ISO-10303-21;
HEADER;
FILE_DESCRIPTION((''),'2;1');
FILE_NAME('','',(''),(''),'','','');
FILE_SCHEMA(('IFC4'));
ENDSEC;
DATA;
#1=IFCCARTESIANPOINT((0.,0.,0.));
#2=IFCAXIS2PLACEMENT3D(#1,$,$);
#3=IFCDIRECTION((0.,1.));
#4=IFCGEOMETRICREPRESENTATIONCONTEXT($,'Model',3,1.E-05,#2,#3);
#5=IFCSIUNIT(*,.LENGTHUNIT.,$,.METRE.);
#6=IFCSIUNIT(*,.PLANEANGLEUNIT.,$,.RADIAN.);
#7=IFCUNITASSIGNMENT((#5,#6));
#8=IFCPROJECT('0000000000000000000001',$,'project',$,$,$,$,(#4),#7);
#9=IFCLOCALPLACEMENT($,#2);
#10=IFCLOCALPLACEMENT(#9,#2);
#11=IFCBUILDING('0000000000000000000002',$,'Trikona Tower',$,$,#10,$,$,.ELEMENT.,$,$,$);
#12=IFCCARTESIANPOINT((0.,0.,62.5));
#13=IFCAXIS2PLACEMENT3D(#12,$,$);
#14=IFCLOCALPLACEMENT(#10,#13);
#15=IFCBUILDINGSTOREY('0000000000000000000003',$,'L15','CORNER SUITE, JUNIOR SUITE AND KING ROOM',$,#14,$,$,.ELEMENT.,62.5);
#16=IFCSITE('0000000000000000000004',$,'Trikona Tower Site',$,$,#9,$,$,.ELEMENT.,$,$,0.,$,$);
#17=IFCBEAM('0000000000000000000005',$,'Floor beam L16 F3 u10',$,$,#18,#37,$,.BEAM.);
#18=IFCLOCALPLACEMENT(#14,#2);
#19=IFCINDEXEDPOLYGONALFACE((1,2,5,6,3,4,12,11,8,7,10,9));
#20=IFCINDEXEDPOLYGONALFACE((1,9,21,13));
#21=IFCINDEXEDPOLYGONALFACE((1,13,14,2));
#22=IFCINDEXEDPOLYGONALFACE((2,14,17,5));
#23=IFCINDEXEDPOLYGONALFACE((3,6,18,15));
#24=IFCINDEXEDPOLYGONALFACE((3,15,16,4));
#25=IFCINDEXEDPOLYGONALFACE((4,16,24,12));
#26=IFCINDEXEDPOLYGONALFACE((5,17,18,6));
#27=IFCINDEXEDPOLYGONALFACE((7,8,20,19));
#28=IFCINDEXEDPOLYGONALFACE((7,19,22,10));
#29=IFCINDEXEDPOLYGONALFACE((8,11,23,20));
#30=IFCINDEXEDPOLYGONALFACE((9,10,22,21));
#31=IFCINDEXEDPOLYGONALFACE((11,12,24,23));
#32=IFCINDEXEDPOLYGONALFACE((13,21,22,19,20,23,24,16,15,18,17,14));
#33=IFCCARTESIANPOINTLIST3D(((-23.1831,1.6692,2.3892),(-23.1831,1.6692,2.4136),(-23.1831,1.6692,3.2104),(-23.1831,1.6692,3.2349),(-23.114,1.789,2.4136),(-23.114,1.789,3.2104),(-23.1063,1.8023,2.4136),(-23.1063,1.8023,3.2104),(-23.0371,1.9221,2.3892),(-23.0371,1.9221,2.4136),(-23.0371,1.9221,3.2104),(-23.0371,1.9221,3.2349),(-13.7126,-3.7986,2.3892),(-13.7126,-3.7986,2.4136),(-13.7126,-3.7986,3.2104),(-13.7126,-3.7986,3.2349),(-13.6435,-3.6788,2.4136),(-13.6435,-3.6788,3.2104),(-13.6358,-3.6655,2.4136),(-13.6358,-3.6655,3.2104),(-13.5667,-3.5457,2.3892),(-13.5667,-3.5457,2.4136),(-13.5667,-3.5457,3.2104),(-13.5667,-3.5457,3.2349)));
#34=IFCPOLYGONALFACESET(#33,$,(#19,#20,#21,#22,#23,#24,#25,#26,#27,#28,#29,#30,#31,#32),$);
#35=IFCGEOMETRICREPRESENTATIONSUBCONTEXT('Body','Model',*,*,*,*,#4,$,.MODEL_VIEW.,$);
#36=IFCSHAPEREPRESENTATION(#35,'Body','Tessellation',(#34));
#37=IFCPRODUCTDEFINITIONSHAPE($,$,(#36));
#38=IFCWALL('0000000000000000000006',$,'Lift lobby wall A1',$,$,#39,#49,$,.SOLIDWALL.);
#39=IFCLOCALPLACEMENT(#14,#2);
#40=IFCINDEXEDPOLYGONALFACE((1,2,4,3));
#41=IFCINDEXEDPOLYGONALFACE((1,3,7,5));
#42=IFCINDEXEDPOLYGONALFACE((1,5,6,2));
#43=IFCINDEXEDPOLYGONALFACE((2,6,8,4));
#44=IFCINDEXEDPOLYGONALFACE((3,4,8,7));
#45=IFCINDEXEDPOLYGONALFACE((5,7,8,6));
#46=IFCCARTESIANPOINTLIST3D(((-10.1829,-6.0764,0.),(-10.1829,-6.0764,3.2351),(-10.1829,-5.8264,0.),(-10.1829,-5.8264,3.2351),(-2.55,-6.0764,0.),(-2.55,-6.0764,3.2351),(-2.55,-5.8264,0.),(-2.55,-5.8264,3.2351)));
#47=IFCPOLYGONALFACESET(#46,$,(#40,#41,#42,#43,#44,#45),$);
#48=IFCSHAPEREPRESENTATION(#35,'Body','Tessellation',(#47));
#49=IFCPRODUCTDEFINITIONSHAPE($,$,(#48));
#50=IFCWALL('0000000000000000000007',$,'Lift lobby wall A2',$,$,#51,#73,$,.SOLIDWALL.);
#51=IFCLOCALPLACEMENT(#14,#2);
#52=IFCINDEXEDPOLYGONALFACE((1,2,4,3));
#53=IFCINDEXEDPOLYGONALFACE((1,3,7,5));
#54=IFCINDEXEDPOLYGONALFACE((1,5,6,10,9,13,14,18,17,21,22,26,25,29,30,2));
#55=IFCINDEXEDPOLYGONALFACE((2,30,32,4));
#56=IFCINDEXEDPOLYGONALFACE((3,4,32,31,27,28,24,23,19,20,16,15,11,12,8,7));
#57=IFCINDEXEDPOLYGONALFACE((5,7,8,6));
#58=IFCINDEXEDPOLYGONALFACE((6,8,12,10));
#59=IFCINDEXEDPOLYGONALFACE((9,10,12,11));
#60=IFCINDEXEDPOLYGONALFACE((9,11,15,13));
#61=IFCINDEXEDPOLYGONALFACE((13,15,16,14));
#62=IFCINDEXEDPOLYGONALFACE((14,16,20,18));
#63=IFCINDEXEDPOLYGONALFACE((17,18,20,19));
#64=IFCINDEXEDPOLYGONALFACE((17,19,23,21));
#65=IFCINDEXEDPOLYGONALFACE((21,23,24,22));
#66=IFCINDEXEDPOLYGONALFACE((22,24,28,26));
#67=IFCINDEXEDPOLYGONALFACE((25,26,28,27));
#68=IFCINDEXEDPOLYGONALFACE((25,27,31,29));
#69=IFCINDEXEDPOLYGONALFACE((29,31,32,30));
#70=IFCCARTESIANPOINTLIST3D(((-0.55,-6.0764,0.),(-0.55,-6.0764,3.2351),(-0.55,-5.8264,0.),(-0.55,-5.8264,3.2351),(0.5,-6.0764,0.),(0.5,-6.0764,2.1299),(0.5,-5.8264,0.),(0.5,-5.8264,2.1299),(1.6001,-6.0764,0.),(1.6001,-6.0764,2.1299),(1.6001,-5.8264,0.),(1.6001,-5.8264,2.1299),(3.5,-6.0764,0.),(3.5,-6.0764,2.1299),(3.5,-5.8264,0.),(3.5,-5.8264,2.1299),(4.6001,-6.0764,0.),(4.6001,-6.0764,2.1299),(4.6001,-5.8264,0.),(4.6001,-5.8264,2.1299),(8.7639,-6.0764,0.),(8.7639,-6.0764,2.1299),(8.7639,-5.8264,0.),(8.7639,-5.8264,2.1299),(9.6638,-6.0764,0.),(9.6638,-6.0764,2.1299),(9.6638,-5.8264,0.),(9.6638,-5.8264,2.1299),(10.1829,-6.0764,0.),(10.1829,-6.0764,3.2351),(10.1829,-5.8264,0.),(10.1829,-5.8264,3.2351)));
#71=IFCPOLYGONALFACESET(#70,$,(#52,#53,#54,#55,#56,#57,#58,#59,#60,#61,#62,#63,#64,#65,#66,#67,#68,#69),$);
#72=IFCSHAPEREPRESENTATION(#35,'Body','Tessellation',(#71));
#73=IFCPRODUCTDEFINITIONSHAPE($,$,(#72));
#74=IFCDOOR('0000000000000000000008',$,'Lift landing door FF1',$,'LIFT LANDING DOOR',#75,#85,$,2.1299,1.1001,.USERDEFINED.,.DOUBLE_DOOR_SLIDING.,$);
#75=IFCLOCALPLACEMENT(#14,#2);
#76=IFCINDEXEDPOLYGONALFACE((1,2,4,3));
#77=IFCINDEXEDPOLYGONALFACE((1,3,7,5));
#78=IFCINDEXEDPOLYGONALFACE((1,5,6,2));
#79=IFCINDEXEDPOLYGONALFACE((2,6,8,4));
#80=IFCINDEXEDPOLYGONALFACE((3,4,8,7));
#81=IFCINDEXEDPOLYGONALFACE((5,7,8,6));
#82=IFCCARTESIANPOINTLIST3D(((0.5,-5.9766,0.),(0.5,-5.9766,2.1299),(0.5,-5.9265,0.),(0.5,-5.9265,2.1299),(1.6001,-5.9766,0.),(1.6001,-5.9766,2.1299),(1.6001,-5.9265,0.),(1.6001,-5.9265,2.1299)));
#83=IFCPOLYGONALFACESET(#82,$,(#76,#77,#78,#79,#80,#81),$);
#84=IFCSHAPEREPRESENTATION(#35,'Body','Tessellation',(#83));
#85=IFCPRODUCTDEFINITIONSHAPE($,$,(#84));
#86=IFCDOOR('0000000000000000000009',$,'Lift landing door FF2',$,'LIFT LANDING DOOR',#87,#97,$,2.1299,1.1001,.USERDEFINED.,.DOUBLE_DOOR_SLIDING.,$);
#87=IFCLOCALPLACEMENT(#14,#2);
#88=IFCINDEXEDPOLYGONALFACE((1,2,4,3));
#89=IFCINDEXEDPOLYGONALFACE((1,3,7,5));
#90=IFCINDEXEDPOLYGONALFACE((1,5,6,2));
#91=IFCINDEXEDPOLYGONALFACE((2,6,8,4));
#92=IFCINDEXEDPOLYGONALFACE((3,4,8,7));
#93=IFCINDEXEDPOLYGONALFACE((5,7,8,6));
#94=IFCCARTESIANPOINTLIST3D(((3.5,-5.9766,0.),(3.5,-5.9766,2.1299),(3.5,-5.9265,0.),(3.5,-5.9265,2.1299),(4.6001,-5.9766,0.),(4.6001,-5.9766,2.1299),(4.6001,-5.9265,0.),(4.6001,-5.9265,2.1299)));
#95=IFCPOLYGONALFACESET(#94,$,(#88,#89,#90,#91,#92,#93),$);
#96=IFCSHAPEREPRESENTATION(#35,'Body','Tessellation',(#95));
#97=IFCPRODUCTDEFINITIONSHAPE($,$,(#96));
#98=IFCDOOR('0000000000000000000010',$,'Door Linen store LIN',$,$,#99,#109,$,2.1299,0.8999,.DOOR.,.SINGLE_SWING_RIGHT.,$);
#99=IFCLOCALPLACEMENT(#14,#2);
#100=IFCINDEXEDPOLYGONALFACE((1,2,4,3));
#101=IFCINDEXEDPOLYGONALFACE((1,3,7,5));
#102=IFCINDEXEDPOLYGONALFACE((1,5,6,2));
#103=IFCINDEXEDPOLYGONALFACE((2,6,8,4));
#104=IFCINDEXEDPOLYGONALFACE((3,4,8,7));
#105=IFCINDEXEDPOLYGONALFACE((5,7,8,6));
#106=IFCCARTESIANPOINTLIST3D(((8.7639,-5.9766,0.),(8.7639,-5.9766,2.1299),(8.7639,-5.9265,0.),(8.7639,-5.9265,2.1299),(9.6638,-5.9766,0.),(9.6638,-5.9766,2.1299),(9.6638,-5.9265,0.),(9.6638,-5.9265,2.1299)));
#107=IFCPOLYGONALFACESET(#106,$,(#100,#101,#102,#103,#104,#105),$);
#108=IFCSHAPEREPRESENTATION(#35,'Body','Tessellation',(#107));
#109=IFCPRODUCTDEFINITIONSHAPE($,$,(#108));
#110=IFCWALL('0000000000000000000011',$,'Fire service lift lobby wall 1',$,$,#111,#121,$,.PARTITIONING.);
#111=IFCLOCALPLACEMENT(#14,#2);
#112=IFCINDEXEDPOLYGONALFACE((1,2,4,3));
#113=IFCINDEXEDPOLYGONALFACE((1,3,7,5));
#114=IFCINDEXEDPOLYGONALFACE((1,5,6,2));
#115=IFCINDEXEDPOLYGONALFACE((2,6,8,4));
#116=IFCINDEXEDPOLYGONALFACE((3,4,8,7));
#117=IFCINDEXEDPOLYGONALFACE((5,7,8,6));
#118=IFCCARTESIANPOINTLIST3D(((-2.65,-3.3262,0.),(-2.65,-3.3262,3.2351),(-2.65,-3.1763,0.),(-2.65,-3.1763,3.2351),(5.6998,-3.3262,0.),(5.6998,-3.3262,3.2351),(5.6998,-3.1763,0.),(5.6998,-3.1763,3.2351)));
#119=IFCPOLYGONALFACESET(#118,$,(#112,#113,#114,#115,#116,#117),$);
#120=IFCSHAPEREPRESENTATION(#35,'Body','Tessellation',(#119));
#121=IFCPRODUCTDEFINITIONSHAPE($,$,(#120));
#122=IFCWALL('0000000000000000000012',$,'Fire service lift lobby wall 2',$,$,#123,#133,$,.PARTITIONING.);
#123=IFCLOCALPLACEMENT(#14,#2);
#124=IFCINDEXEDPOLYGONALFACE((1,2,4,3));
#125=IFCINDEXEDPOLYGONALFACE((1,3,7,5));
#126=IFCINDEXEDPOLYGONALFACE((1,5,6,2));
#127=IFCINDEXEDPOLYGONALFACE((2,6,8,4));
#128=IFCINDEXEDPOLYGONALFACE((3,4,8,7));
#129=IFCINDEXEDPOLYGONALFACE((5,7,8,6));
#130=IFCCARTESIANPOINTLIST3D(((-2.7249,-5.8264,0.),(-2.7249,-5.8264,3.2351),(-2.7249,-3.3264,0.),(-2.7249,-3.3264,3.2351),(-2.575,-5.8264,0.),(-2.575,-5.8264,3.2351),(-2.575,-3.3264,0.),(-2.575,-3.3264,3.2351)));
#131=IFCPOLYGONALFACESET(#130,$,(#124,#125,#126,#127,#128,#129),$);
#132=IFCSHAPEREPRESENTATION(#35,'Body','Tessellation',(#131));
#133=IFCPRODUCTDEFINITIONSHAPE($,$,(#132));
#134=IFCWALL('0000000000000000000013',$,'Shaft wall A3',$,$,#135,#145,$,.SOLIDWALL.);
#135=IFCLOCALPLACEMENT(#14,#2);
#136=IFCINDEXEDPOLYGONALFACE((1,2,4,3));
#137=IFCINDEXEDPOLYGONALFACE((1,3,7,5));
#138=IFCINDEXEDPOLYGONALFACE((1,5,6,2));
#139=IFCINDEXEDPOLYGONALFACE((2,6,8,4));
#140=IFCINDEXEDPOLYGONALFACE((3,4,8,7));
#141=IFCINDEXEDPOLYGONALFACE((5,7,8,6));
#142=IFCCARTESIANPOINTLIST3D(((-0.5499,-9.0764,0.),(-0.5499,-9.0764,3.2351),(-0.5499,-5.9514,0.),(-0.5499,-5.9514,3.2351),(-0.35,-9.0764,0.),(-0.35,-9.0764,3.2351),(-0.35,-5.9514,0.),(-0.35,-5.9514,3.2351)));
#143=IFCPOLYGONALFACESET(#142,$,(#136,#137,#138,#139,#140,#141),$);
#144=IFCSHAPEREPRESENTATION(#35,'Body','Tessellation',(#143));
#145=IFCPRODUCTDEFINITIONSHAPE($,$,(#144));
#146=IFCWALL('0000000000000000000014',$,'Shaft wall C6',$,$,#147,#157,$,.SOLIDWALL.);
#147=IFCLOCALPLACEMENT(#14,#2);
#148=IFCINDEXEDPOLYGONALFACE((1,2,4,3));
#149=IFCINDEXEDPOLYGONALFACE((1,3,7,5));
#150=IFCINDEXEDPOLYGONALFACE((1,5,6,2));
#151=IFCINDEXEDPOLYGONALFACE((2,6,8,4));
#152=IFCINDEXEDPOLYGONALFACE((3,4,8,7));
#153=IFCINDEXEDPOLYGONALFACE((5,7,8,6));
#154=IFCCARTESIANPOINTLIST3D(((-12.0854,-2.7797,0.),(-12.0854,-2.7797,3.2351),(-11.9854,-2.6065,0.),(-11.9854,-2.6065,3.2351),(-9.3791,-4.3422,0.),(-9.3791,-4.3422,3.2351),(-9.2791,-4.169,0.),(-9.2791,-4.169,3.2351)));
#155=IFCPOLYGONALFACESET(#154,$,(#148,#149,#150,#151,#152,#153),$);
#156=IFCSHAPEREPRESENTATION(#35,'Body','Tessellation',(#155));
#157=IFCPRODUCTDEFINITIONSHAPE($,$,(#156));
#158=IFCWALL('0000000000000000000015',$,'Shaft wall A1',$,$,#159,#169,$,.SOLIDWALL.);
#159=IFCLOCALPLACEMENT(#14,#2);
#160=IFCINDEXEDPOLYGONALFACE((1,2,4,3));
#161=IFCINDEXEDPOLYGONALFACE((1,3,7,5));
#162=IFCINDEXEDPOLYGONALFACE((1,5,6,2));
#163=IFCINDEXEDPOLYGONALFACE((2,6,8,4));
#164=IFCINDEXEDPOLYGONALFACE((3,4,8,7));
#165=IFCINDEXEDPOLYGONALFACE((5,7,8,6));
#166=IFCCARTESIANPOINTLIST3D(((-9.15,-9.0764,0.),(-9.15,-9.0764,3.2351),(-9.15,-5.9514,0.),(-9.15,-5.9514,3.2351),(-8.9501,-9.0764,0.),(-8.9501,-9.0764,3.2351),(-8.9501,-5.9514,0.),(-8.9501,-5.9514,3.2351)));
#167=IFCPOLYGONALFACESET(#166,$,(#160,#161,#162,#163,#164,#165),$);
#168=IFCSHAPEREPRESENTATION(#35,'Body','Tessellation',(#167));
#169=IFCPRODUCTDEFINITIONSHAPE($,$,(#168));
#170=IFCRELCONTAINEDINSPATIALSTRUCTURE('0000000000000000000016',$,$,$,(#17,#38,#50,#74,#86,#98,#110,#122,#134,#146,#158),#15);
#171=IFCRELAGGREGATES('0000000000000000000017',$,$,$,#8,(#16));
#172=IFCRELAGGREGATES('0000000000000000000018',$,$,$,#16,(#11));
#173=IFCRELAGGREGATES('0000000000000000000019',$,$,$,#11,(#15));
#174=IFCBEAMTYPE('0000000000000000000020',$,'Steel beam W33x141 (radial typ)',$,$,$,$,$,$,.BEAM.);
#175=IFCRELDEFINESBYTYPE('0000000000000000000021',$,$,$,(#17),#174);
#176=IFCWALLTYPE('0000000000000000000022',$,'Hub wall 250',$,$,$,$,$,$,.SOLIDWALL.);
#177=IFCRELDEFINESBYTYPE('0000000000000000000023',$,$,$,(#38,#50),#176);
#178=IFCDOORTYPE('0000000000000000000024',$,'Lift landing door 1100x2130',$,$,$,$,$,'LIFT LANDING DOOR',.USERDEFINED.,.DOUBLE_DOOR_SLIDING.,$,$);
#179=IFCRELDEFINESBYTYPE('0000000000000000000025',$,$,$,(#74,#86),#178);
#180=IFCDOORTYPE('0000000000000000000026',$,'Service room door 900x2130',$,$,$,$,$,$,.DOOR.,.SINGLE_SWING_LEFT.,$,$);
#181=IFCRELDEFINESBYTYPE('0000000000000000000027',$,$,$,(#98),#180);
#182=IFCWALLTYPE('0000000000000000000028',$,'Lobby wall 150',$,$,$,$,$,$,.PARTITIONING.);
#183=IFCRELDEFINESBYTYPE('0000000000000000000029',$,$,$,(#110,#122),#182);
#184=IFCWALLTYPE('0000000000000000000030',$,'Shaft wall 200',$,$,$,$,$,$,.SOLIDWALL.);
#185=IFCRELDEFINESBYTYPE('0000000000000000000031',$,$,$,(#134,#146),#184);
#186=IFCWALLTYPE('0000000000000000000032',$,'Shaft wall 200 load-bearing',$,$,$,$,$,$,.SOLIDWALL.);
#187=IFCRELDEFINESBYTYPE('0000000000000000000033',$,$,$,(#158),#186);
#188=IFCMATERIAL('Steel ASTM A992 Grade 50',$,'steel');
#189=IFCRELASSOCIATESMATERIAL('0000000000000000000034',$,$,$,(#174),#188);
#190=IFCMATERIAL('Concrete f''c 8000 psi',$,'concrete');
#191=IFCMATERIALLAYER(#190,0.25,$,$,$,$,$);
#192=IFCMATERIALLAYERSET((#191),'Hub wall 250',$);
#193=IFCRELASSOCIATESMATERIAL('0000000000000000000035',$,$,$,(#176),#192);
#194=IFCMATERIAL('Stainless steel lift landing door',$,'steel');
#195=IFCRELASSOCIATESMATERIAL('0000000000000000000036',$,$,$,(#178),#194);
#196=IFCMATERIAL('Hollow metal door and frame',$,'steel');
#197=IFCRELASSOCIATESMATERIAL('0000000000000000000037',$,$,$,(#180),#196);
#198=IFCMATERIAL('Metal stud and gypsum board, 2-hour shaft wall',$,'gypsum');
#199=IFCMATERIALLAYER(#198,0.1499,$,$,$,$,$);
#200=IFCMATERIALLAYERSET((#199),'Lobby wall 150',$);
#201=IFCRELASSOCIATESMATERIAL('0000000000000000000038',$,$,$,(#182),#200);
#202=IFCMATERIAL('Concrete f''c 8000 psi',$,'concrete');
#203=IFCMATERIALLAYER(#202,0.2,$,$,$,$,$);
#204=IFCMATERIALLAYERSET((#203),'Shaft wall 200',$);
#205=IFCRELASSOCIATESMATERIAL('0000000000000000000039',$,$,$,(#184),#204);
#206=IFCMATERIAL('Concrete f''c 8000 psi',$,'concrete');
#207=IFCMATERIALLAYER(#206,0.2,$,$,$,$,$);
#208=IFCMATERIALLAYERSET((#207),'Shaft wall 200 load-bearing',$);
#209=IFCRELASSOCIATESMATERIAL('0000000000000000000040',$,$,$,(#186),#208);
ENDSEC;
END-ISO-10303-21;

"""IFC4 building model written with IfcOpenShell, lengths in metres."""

from ifc_helpers import new_model, si_unit, direction, frame, frame_2d, origin, origin_2d, place, context, subcontext, project, spatial, rectangle, i_section, extrude, material, layer, layer_set, material_profile, profile_set, type_object, element, fill, save


model = new_model("IFC4")

# Units and contexts
model_context = context("Model", 3, precision=1e-05, world=origin(), true_north=direction((0.0, 1.0)))
body_context = subcontext(model_context, "Body", "Model", "MODEL_VIEW")
ifc_project = project(units=[si_unit("LENGTHUNIT", "METRE"), si_unit("PLANEANGLEUNIT", "RADIAN")], contexts=[model_context])

# Site, building, storey
site_placement = place(None, origin())
site = spatial("IfcSite", under=ifc_project, at=site_placement, Name="Trikona Tower Site", CompositionType="ELEMENT", RefElevation=0.0)
building_placement = place(site_placement, origin())
building = spatial("IfcBuilding", under=site, at=building_placement, Name="Trikona Tower", CompositionType="ELEMENT")
storey_placement = place(building_placement, frame((0.0, 0.0, 62.5)))
storey = spatial("IfcBuildingStorey", under=building, at=storey_placement, Name="L15", Description="CORNER SUITE, JUNIOR SUITE AND KING ROOM", CompositionType="ELEMENT", Elevation=62.5)

# Beam
ifc_material_1 = material(Name="Steel ASTM A992 Grade 50", Category="steel")
ifc_material_profile = material_profile(ifc_material_1, i_section(OverallWidth=0.292, OverallDepth=0.8457, WebThickness=0.0154, FlangeThickness=0.0244, at=origin_2d()), Name="W33X141")
ifc_profile_set = profile_set([ifc_material_profile], Name="Steel ASTM A992 Grade 50")
beam_type = type_object("IfcBeamType", Name="Steel beam W33x141 (radial typ)", PredefinedType="BEAM", material=ifc_profile_set)
beam_placement = place(storey_placement, frame((-13.6396, -3.6721, 2.812), z_axis=(-0.866025, 0.5, 0.0), x_axis=(-0.5, -0.866025, 0.0)))
element("IfcBeam", 1, at=beam_placement, inside=storey, type_object=beam_type, Name="Floor beam L16 F3 u10", PredefinedType="BEAM", context=body_context, shape_type="SweptSolid", body=[
    extrude(i_section(OverallWidth=0.292, OverallDepth=0.8457, WebThickness=0.0154, FlangeThickness=0.0244, at=origin_2d()), origin(), (0.0, 0.0, 1.0), 10.9355),
])

# Wall
ifc_material_2 = material(Name="Concrete f'c 8000 psi", Category="concrete")
ifc_layer_1 = layer(ifc_material_2, 0.25)
ifc_layer_set_1 = layer_set([ifc_layer_1], Name="Hub wall 250")
wall_type_1 = type_object("IfcWallType", Name="Hub wall 250", PredefinedType="SOLIDWALL", material=ifc_layer_set_1)
wall_1_placement = place(storey_placement, frame((-10.1829, -5.9514, 0.0), z_axis=(0.0, 0.0, 1.0), x_axis=(1.0, 0.0, 0.0)))
element("IfcWall", 2, at=wall_1_placement, inside=storey, type_object=wall_type_1, Name="Lift lobby wall A1", PredefinedType="SOLIDWALL", context=body_context, shape_type="SweptSolid", body=[
    extrude(rectangle(XDim=7.6328, YDim=0.25, at=frame_2d((3.8164, 0.0))), origin(), (0.0, 0.0, 1.0), 3.2351),
])

# Wall, openings, doors
wall_2_placement = place(storey_placement, frame((-0.55, -5.9514, 0.0), z_axis=(0.0, 0.0, 1.0), x_axis=(1.0, 0.0, 0.0)))
wall_2 = element("IfcWall", 3, at=wall_2_placement, inside=storey, type_object=wall_type_1, Name="Lift lobby wall A2", PredefinedType="SOLIDWALL", context=body_context, shape_type="SweptSolid", body=[
    extrude(rectangle(XDim=10.7329, YDim=0.25, at=frame_2d((5.3665, 0.0))), origin(), (0.0, 0.0, 1.0), 3.2351),
])
opening_1_placement = place(wall_2_placement, frame((9.314, 0.0, 0.0)))
opening_1 = element("IfcOpeningElement", 4, at=opening_1_placement, cuts=wall_2, PredefinedType="OPENING", context=body_context, shape_type="SweptSolid", body=[
    extrude(rectangle(XDim=0.8999, YDim=2.1299, at=frame_2d((0.45, 1.0649))), frame((0.0, 0.135, 0.0), z_axis=(0.0, -1.0, 0.0), x_axis=(1.0, 0.0, 0.0)), (0.0, 0.0, 1.0), 0.27),
])
opening_2_placement = place(wall_2_placement, frame((1.05, 0.0, 0.0)))
opening_2 = element("IfcOpeningElement", 5, at=opening_2_placement, cuts=wall_2, PredefinedType="OPENING", context=body_context, shape_type="SweptSolid", body=[
    extrude(rectangle(XDim=1.1001, YDim=2.1299, at=frame_2d((0.55, 1.0649))), frame((0.0, 0.135, 0.0), z_axis=(0.0, -1.0, 0.0), x_axis=(1.0, 0.0, 0.0)), (0.0, 0.0, 1.0), 0.27),
])
opening_3_placement = place(wall_2_placement, frame((4.05, 0.0, 0.0)))
opening_3 = element("IfcOpeningElement", 6, at=opening_3_placement, cuts=wall_2, PredefinedType="OPENING", context=body_context, shape_type="SweptSolid", body=[
    extrude(rectangle(XDim=1.1001, YDim=2.1299, at=frame_2d((0.55, 1.0649))), frame((0.0, 0.135, 0.0), z_axis=(0.0, -1.0, 0.0), x_axis=(1.0, 0.0, 0.0)), (0.0, 0.0, 1.0), 0.27),
])
ifc_material_3 = material(Name="Stainless steel lift landing door", Category="steel")
door_type_1 = type_object("IfcDoorType", Name="Lift landing door 1100x2130", ElementType="LIFT LANDING DOOR", OperationType="DOUBLE_DOOR_SLIDING", PredefinedType="USERDEFINED", material=ifc_material_3)
door_1_placement = place(opening_2_placement, origin())
door_1 = element("IfcDoor", 7, at=door_1_placement, inside=storey, type_object=door_type_1, Name="Lift landing door FF1", ObjectType="LIFT LANDING DOOR", OperationType="DOUBLE_DOOR_SLIDING", OverallHeight=2.1299, OverallWidth=1.1001, PredefinedType="USERDEFINED", context=body_context, shape_type="SweptSolid", body=[
    extrude(rectangle(XDim=1.1001, YDim=2.1299, at=frame_2d((0.55, 1.0649))), frame((0.0, 0.0249, 0.0), z_axis=(0.0, -1.0, 0.0), x_axis=(1.0, 0.0, 0.0)), (0.0, 0.0, 1.0), 0.05),
])
fill(opening_2, door_1)
door_2_placement = place(opening_3_placement, origin())
door_2 = element("IfcDoor", 8, at=door_2_placement, inside=storey, type_object=door_type_1, Name="Lift landing door FF2", ObjectType="LIFT LANDING DOOR", OperationType="DOUBLE_DOOR_SLIDING", OverallHeight=2.1299, OverallWidth=1.1001, PredefinedType="USERDEFINED", context=body_context, shape_type="SweptSolid", body=[
    extrude(rectangle(XDim=1.1001, YDim=2.1299, at=frame_2d((0.55, 1.0649))), frame((0.0, 0.0249, 0.0), z_axis=(0.0, -1.0, 0.0), x_axis=(1.0, 0.0, 0.0)), (0.0, 0.0, 1.0), 0.05),
])
fill(opening_3, door_2)
ifc_material_4 = material(Name="Hollow metal door and frame", Category="steel")
door_type_2 = type_object("IfcDoorType", Name="Service room door 900x2130", OperationType="SINGLE_SWING_LEFT", PredefinedType="DOOR", material=ifc_material_4)
door_3_placement = place(opening_1_placement, origin())
door_3 = element("IfcDoor", 9, at=door_3_placement, inside=storey, type_object=door_type_2, Name="Door Linen store LIN", OperationType="SINGLE_SWING_RIGHT", OverallHeight=2.1299, OverallWidth=0.8999, PredefinedType="DOOR", context=body_context, shape_type="SweptSolid", body=[
    extrude(rectangle(XDim=0.8999, YDim=2.1299, at=frame_2d((0.45, 1.0649))), frame((0.0, 0.0249, 0.0), z_axis=(0.0, -1.0, 0.0), x_axis=(1.0, 0.0, 0.0)), (0.0, 0.0, 1.0), 0.05),
])
fill(opening_1, door_3)

# Walls
ifc_material_5 = material(Name="Metal stud and gypsum board, 2-hour shaft wall", Category="gypsum")
ifc_layer_2 = layer(ifc_material_5, 0.1499)
ifc_layer_set_2 = layer_set([ifc_layer_2], Name="Lobby wall 150")
wall_type_2 = type_object("IfcWallType", Name="Lobby wall 150", PredefinedType="PARTITIONING", material=ifc_layer_set_2)
wall_3_placement = place(storey_placement, frame((-2.6499, -3.2512, 0.0), z_axis=(0.0, 0.0, 1.0), x_axis=(1.0, 0.0, 0.0)))
element("IfcWall", 10, at=wall_3_placement, inside=storey, type_object=wall_type_2, Name="Fire service lift lobby wall 1", PredefinedType="PARTITIONING", context=body_context, shape_type="SweptSolid", body=[
    extrude(rectangle(XDim=8.3499, YDim=0.1499, at=frame_2d((4.1748, 0.0))), origin(), (0.0, 0.0, 1.0), 3.2351),
])
wall_4_placement = place(storey_placement, frame((-2.6499, -5.8264, 0.0), z_axis=(0.0, 0.0, 1.0), x_axis=(0.0, 1.0, 0.0)))
element("IfcWall", 11, at=wall_4_placement, inside=storey, type_object=wall_type_2, Name="Fire service lift lobby wall 2", PredefinedType="PARTITIONING", context=body_context, shape_type="SweptSolid", body=[
    extrude(rectangle(XDim=2.5, YDim=0.1499, at=frame_2d((1.25, 0.0))), origin(), (0.0, 0.0, 1.0), 3.2351),
])
ifc_material_6 = material(Name="Concrete f'c 8000 psi", Category="concrete")
ifc_layer_3 = layer(ifc_material_6, 0.2)
ifc_layer_set_3 = layer_set([ifc_layer_3], Name="Shaft wall 200")
wall_type_3 = type_object("IfcWallType", Name="Shaft wall 200", PredefinedType="SOLIDWALL", material=ifc_layer_set_3)
for number, where, z_axis, x_axis, name in (
    (12, (-0.45, -5.9514, 0.0), (0.0, 0.0, 1.0), (0.0, -1.0, 0.0), "Shaft wall A3"),
    (13, (-9.3291, -4.2556, 0.0), (0.0, 0.0, 1.0), (-0.866023, 0.500004, 0.0), "Shaft wall C6"),
):
    element("IfcWall", number, at=place(storey_placement, frame(where, z_axis=z_axis, x_axis=x_axis)), inside=storey, type_object=wall_type_3, Name=name, PredefinedType="SOLIDWALL", context=body_context, shape_type="SweptSolid", body=[
        extrude(rectangle(XDim=3.125, YDim=0.2, at=frame_2d((1.5625, 0.0))), origin(), (0.0, 0.0, 1.0), 3.2351),
    ])
ifc_material_7 = material(Name="Concrete f'c 8000 psi", Category="concrete")
ifc_layer_4 = layer(ifc_material_7, 0.2)
ifc_layer_set_4 = layer_set([ifc_layer_4], Name="Shaft wall 200 load-bearing")
wall_type_4 = type_object("IfcWallType", Name="Shaft wall 200 load-bearing", PredefinedType="SOLIDWALL", material=ifc_layer_set_4)
wall_5_placement = place(storey_placement, frame((-9.05, -5.9514, 0.0), z_axis=(0.0, 0.0, 1.0), x_axis=(0.0, -1.0, 0.0)))
element("IfcWall", 14, at=wall_5_placement, inside=storey, type_object=wall_type_4, Name="Shaft wall A1", PredefinedType="SOLIDWALL", context=body_context, shape_type="SweptSolid", body=[
    extrude(rectangle(XDim=3.125, YDim=0.2, at=frame_2d((1.5625, 0.0))), origin(), (0.0, 0.0, 1.0), 3.2351),
])

save(model, "model.ifc")
